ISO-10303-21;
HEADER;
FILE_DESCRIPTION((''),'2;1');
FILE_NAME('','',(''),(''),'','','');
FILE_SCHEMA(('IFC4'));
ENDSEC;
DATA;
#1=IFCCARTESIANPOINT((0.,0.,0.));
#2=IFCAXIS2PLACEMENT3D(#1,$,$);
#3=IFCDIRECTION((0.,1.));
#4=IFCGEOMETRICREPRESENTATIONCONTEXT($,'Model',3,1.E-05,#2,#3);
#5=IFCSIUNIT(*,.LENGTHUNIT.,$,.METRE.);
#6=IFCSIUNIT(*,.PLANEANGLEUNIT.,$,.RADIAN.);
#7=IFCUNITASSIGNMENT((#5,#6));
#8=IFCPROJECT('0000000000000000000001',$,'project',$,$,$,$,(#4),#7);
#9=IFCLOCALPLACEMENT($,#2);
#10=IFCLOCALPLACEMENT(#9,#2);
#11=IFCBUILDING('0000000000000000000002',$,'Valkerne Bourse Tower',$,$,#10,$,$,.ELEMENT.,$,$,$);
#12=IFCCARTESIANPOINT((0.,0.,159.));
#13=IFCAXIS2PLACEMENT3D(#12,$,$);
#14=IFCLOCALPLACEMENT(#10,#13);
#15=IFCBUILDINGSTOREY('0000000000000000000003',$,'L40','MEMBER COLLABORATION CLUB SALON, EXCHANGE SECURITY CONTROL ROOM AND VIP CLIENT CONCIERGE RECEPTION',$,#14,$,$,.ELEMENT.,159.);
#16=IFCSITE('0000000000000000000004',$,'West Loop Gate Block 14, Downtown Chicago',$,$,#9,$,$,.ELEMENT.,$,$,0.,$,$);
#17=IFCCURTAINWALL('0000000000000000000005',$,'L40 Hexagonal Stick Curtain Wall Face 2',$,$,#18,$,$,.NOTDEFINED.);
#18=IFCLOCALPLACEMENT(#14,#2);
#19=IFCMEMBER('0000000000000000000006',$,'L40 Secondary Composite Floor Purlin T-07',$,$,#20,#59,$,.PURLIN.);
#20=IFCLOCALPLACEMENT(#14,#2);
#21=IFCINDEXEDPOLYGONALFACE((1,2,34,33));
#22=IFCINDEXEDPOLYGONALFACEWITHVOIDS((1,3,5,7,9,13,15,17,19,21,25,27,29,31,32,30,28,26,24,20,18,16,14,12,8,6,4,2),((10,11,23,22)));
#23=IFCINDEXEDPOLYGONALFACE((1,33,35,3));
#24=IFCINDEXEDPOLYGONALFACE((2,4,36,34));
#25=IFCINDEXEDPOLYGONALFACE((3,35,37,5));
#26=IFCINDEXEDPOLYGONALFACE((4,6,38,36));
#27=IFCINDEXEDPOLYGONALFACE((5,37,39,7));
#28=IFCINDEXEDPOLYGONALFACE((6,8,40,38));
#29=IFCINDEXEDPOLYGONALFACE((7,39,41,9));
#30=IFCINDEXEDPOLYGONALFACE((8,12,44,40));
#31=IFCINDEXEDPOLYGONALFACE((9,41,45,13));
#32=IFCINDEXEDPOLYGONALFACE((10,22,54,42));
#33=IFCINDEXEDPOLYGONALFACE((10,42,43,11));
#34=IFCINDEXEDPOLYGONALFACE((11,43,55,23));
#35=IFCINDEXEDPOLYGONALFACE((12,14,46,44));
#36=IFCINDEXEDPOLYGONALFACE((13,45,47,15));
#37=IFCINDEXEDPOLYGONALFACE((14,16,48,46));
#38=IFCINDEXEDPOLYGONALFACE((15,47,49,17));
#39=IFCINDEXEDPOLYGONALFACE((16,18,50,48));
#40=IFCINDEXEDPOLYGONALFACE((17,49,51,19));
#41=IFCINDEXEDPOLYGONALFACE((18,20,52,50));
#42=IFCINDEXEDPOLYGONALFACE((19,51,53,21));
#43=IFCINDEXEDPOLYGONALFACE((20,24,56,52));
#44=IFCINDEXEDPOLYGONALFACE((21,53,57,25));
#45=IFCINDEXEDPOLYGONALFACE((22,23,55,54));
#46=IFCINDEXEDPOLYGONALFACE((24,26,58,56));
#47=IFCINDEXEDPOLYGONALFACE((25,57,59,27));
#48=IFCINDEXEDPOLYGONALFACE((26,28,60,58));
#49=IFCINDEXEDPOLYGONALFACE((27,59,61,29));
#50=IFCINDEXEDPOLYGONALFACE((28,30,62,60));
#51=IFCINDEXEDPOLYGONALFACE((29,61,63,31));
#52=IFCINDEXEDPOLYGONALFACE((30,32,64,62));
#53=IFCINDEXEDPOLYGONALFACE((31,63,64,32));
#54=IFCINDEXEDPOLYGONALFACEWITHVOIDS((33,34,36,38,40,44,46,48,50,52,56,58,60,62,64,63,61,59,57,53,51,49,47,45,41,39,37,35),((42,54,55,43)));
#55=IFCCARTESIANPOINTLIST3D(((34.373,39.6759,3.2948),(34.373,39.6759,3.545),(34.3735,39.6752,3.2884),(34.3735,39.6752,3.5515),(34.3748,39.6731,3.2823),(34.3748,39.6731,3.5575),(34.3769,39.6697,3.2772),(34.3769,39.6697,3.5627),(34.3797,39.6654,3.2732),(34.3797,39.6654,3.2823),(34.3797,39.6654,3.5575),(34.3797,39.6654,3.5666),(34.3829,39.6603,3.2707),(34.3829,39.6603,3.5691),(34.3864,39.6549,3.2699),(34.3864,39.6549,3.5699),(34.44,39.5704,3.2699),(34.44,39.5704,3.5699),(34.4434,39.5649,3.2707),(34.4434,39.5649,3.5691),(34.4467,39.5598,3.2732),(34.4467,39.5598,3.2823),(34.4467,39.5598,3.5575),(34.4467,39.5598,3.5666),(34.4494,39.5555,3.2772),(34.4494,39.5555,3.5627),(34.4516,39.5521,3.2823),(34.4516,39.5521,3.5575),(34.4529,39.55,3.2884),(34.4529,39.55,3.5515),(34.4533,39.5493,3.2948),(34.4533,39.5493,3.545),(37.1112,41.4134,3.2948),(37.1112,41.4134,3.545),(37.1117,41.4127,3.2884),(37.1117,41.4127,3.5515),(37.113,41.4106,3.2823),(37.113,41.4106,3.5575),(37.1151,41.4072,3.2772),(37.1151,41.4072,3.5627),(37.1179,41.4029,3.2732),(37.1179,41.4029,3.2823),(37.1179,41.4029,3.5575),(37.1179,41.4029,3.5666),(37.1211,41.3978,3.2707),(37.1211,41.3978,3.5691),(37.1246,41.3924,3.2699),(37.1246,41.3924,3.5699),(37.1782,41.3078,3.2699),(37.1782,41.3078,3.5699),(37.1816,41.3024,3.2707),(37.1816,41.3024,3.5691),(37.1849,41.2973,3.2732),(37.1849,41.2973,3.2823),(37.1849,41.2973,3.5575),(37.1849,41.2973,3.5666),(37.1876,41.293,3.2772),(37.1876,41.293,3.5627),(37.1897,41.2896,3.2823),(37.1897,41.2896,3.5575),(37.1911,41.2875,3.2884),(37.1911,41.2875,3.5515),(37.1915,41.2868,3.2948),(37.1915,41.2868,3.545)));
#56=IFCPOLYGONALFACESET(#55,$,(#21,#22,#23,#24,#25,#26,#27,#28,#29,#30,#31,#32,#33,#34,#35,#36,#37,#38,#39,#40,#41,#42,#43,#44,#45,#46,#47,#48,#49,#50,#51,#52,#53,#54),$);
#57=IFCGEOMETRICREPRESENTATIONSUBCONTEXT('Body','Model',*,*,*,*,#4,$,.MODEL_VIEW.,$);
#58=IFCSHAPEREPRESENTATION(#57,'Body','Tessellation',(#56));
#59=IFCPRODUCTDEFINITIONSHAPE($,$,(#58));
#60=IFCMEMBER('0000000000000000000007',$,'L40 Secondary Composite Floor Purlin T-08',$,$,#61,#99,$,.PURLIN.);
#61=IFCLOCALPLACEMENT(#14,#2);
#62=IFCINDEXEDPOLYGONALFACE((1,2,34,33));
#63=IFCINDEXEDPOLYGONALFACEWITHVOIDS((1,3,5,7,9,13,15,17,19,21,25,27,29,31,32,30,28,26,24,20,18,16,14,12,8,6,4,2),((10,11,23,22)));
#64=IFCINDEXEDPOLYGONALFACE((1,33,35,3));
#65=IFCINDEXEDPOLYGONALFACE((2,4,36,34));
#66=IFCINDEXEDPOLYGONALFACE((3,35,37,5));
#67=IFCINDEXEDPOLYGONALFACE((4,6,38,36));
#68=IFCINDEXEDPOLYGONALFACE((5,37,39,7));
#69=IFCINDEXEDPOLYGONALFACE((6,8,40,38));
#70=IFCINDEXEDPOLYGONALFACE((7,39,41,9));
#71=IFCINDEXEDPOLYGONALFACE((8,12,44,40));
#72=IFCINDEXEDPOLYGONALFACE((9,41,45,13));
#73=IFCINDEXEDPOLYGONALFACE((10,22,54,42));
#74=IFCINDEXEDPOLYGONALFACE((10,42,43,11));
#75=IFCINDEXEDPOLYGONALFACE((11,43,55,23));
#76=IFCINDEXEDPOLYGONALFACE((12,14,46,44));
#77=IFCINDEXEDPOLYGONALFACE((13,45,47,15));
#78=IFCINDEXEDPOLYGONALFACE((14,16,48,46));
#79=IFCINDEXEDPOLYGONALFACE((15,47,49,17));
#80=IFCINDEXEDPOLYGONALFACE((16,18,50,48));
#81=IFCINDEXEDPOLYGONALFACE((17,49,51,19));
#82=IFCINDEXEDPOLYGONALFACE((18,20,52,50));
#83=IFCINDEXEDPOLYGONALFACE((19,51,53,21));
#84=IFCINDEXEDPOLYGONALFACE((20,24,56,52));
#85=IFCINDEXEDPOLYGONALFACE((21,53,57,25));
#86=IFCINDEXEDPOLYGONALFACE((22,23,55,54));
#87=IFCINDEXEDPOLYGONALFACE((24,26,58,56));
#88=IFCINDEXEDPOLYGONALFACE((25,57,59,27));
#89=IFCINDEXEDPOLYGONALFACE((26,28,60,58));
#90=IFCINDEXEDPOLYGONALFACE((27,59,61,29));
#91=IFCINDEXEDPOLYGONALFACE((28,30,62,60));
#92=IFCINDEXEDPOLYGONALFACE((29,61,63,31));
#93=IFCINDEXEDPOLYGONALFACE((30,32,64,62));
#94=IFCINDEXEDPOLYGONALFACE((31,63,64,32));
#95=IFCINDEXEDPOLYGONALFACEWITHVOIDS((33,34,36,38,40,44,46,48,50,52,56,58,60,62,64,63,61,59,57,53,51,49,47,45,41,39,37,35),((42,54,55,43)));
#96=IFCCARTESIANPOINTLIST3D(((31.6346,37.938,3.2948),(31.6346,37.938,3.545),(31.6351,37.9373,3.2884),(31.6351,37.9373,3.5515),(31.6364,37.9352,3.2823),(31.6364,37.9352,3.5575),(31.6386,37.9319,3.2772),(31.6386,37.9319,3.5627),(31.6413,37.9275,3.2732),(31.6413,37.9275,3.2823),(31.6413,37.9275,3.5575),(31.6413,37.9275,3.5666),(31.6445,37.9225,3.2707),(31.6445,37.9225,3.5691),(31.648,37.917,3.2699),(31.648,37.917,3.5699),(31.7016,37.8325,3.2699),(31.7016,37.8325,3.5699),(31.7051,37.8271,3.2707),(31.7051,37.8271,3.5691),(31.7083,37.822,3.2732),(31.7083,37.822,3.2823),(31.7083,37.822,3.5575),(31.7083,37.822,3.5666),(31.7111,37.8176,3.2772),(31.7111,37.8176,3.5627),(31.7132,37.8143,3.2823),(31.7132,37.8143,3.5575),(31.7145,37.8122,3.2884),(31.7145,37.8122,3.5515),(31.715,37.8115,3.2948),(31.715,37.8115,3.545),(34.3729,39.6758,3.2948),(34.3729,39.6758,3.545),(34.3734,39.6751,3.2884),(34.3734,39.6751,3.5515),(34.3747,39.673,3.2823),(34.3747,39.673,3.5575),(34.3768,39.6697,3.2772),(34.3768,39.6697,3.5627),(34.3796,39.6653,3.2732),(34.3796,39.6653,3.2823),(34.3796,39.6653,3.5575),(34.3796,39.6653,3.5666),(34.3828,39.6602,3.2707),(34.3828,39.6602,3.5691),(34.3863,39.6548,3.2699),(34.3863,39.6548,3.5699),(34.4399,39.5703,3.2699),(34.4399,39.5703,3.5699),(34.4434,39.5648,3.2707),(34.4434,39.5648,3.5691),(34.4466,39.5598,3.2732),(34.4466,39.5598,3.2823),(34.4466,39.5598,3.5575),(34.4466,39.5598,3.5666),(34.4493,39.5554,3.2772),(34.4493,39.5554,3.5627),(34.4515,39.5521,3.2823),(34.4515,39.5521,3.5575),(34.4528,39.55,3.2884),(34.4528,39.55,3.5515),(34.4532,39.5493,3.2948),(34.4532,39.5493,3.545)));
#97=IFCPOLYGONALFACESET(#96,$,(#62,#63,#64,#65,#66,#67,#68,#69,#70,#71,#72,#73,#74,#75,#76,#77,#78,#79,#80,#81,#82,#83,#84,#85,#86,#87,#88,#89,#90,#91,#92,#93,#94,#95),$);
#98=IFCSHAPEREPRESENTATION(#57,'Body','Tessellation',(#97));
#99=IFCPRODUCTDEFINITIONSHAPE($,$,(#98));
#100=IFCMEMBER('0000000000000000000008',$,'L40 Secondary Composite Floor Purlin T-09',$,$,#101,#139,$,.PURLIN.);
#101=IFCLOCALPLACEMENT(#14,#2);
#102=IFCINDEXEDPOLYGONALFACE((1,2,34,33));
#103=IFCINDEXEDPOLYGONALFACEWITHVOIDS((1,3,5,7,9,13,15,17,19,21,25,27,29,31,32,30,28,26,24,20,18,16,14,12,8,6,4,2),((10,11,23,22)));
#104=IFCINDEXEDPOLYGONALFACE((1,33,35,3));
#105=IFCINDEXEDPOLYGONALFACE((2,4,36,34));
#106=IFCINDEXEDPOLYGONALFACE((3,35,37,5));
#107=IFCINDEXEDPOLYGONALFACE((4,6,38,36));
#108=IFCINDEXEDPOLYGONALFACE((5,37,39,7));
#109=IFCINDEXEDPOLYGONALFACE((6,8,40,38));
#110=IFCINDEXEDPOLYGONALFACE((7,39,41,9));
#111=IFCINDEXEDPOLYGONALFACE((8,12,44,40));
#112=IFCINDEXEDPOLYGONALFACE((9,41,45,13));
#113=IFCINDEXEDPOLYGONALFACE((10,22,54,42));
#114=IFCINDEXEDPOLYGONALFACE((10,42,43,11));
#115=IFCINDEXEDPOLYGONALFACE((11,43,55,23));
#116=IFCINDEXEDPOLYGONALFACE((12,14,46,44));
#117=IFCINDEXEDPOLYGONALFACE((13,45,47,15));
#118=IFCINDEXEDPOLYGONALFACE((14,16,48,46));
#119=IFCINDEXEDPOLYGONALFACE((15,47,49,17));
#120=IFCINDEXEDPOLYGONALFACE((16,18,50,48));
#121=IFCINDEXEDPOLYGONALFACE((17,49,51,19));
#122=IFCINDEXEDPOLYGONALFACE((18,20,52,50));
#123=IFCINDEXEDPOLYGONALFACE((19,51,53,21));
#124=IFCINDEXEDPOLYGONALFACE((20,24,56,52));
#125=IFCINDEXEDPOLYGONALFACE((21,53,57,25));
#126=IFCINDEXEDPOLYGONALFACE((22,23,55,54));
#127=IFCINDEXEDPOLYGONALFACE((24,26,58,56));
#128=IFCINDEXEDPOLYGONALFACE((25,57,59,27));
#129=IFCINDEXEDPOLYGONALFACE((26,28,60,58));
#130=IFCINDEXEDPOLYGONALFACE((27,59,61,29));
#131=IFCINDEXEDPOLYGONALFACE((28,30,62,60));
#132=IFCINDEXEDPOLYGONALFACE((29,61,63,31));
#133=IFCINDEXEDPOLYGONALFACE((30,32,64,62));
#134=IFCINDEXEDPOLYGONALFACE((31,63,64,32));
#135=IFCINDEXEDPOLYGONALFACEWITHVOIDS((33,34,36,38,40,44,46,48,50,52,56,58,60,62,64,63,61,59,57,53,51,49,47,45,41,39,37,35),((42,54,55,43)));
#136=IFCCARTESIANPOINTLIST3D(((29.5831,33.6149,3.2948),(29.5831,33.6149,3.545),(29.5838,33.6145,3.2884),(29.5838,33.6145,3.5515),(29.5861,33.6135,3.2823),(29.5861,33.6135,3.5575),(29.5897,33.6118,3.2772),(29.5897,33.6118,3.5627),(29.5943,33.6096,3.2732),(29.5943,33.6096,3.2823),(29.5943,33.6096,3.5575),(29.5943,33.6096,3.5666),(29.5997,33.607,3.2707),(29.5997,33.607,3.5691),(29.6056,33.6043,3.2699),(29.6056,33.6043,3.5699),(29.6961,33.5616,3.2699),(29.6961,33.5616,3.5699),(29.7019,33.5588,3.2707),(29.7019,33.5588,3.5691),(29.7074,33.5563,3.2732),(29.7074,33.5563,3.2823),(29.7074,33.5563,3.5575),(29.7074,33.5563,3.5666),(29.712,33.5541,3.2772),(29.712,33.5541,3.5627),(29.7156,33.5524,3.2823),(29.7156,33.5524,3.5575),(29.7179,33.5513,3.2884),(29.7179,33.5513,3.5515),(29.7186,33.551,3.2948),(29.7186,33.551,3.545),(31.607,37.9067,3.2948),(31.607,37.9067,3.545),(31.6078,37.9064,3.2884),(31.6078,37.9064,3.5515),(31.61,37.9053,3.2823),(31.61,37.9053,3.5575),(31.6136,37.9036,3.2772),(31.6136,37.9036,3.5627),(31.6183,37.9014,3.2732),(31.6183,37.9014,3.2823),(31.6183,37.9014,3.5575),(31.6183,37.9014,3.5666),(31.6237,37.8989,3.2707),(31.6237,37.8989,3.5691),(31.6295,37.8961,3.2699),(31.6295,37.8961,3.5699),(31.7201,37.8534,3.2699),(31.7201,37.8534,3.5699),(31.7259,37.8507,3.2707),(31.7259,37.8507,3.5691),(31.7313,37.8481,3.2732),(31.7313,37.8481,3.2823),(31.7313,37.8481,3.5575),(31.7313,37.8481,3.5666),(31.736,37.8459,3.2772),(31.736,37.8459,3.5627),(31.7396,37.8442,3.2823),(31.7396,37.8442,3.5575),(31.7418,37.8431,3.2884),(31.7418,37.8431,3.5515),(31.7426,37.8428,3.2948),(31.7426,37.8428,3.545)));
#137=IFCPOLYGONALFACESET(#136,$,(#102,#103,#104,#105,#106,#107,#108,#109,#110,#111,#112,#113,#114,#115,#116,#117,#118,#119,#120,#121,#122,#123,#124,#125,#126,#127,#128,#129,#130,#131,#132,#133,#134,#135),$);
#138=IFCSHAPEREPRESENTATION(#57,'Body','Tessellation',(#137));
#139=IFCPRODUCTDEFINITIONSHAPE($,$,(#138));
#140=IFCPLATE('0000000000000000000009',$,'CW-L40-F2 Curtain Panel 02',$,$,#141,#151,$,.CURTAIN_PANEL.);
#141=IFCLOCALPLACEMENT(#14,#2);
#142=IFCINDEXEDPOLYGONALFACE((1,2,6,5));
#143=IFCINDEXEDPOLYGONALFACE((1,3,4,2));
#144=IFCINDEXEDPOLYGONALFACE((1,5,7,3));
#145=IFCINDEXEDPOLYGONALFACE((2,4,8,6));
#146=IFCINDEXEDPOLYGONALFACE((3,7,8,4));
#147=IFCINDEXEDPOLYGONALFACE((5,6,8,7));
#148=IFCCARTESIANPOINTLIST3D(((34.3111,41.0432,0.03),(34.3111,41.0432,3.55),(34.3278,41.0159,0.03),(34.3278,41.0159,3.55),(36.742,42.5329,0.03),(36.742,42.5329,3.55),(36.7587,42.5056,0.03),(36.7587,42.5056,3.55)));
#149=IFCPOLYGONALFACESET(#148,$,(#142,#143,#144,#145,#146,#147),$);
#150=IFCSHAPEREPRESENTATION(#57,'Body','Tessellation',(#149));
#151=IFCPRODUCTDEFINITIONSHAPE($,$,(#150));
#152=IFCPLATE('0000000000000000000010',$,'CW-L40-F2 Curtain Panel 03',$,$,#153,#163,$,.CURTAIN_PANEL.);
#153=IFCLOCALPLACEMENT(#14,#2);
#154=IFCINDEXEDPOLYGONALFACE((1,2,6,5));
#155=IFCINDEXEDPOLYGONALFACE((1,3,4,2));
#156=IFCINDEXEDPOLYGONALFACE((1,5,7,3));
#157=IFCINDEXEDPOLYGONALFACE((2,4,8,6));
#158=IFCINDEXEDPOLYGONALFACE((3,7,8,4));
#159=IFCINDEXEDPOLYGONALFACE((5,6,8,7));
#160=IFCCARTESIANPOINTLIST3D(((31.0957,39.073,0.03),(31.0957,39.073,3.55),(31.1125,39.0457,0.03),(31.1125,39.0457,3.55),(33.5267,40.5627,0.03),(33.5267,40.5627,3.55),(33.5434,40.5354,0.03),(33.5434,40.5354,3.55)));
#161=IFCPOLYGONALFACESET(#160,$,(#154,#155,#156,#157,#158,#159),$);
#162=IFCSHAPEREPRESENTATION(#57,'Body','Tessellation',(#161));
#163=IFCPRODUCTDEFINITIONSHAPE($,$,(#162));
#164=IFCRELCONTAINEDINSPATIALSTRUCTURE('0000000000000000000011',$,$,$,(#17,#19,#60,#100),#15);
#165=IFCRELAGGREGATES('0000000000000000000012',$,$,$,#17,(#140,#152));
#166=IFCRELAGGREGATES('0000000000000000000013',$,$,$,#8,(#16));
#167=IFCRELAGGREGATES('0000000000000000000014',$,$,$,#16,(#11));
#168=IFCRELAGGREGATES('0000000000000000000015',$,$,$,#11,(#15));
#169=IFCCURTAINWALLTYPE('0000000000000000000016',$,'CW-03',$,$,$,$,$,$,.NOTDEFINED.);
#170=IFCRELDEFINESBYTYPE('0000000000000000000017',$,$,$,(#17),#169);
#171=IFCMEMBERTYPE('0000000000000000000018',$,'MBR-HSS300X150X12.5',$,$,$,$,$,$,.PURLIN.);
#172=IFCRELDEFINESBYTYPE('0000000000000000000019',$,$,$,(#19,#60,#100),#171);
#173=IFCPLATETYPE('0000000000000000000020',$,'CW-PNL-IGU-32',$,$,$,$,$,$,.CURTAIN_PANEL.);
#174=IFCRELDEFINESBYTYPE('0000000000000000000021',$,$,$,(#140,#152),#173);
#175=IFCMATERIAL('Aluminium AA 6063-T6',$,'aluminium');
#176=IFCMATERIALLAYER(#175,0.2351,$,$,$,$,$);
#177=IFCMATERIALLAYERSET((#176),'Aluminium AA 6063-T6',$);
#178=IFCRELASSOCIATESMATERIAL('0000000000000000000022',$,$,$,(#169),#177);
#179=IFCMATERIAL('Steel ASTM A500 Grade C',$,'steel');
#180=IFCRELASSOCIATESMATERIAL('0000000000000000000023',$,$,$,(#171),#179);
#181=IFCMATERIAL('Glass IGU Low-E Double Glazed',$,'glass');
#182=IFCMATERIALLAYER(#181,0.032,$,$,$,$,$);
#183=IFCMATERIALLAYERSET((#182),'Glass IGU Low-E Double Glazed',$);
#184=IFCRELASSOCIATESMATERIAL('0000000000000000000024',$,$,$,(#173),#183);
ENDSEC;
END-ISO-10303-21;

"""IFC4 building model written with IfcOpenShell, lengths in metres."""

from ifc_helpers import new_model, si_unit, direction, frame, origin, origin_2d, place, context, subcontext, project, spatial, rectangle, hollow_rectangle, extrude, material, layer, layer_set, material_profile, profile_set, type_object, element, aggregate, save


model = new_model("IFC4")

# Units and contexts
model_context = context("Model", 3, precision=1e-05, world=origin(), true_north=direction((0.0, 1.0)))
body_context = subcontext(model_context, "Body", "Model", "MODEL_VIEW")
ifc_project = project(units=[si_unit("LENGTHUNIT", "METRE"), si_unit("PLANEANGLEUNIT", "RADIAN")], contexts=[model_context])

# Site, building, storey
site_placement = place(None, origin())
site = spatial("IfcSite", under=ifc_project, at=site_placement, Name="West Loop Gate Block 14, Downtown Chicago", CompositionType="ELEMENT", RefElevation=0.0)
building_placement = place(site_placement, origin())
building = spatial("IfcBuilding", under=site, at=building_placement, Name="Valkerne Bourse Tower", CompositionType="ELEMENT")
storey_placement = place(building_placement, frame((0.0, 0.0, 159.0)))
storey = spatial("IfcBuildingStorey", under=building, at=storey_placement, Name="L40", Description="MEMBER COLLABORATION CLUB SALON, EXCHANGE SECURITY CONTROL ROOM AND VIP CLIENT CONCIERGE RECEPTION", CompositionType="ELEMENT", Elevation=159.0)

# Curtain wall
ifc_material_1 = material(Name="Aluminium AA 6063-T6", Category="aluminium")
ifc_layer_1 = layer(ifc_material_1, 0.2351)
ifc_layer_set_1 = layer_set([ifc_layer_1], Name="Aluminium AA 6063-T6")
curtain_wall_type = type_object("IfcCurtainWallType", Name="CW-03", PredefinedType="NOTDEFINED", material=ifc_layer_set_1)
curtain_wall_placement = place(storey_placement, origin())
curtain_wall = element("IfcCurtainWall", 1, at=curtain_wall_placement, inside=storey, type_object=curtain_wall_type, Name="L40 Hexagonal Stick Curtain Wall Face 2", PredefinedType="NOTDEFINED")

# Members
ifc_material_2 = material(Name="Steel ASTM A500 Grade C", Category="steel")
ifc_material_profile_1 = material_profile(ifc_material_2, hollow_rectangle(XDim=0.1499, YDim=0.3, WallThickness=0.0125, OuterFilletRadius=0.0249, at=origin_2d()), Name="HSS300X150X12.5")
ifc_profile_set_1 = profile_set([ifc_material_profile_1], Name="Steel ASTM A500 Grade C")
member_type_1 = type_object("IfcMemberType", Name="MBR-HSS300X150X12.5", PredefinedType="PURLIN", material=ifc_profile_set_1)
member_1_placement = place(storey_placement, frame((37.1514, 41.3501, 3.4199), z_axis=(-0.844358, -0.535779, 0.0), x_axis=(0.535779, -0.844358, 0.0)))
element("IfcMember", 2, at=member_1_placement, inside=storey, type_object=member_type_1, Name="L40 Secondary Composite Floor Purlin T-07", PredefinedType="PURLIN", context=body_context, shape_type="SweptSolid", body=[
    extrude(hollow_rectangle(XDim=0.1499, YDim=0.3, WallThickness=0.0125, OuterFilletRadius=0.0249, at=origin_2d()), origin(), (0.0, 0.0, 1.0), 3.2429),
])
member_2_placement = place(storey_placement, frame((34.4131, 39.6125, 3.4199), z_axis=(-0.844324, -0.535833, 0.0), x_axis=(0.535833, -0.844324, 0.0)))
element("IfcMember", 3, at=member_2_placement, inside=storey, type_object=member_type_1, Name="L40 Secondary Composite Floor Purlin T-08", PredefinedType="PURLIN", context=body_context, shape_type="SweptSolid", body=[
    extrude(hollow_rectangle(XDim=0.1499, YDim=0.3, WallThickness=0.0125, OuterFilletRadius=0.0249, at=origin_2d()), origin(), (0.0, 0.0, 1.0), 3.2432),
])
member_3_placement = place(storey_placement, frame((31.6748, 37.8748, 3.4199), z_axis=(-0.426535, -0.904471, 0.0), x_axis=(0.904471, -0.426535, 0.0)))
element("IfcMember", 4, at=member_3_placement, inside=storey, type_object=member_type_1, Name="L40 Secondary Composite Floor Purlin T-09", PredefinedType="PURLIN", context=body_context, shape_type="SweptSolid", body=[
    extrude(hollow_rectangle(XDim=0.1499, YDim=0.3, WallThickness=0.0125, OuterFilletRadius=0.0249, at=origin_2d()), origin(), (0.0, 0.0, 1.0), 4.7451),
])

# Plates
ifc_material_3 = material(Name="Glass IGU Low-E Double Glazed", Category="glass")
ifc_layer_2 = layer(ifc_material_3, 0.032)
ifc_layer_set_2 = layer_set([ifc_layer_2], Name="Glass IGU Low-E Double Glazed")
plate_type = type_object("IfcPlateType", Name="CW-PNL-IGU-32", PredefinedType="CURTAIN_PANEL", material=ifc_layer_set_2)
plate_1_placement = place(storey_placement, frame((35.5349, 41.7744, 0.03), z_axis=(0.0, 0.0, 1.0), x_axis=(-0.852645, -0.522491, 0.0)))
plate_1 = element("IfcPlate", 5, at=plate_1_placement, type_object=plate_type, Name="CW-L40-F2 Curtain Panel 02", PredefinedType="CURTAIN_PANEL", context=body_context, shape_type="SweptSolid", body=[
    extrude(rectangle(XDim=2.8511, YDim=0.032, at=origin_2d()), origin(), (0.0, 0.0, 1.0), 3.52),
])
plate_2_placement = place(storey_placement, frame((32.3196, 39.8042, 0.03), z_axis=(0.0, 0.0, 1.0), x_axis=(-0.852645, -0.522491, 0.0)))
plate_2 = element("IfcPlate", 6, at=plate_2_placement, type_object=plate_type, Name="CW-L40-F2 Curtain Panel 03", PredefinedType="CURTAIN_PANEL", context=body_context, shape_type="SweptSolid", body=[
    extrude(rectangle(XDim=2.8511, YDim=0.032, at=origin_2d()), origin(), (0.0, 0.0, 1.0), 3.52),
])
aggregate(curtain_wall, [plate_1, plate_2])

save(model, "model.ifc")
